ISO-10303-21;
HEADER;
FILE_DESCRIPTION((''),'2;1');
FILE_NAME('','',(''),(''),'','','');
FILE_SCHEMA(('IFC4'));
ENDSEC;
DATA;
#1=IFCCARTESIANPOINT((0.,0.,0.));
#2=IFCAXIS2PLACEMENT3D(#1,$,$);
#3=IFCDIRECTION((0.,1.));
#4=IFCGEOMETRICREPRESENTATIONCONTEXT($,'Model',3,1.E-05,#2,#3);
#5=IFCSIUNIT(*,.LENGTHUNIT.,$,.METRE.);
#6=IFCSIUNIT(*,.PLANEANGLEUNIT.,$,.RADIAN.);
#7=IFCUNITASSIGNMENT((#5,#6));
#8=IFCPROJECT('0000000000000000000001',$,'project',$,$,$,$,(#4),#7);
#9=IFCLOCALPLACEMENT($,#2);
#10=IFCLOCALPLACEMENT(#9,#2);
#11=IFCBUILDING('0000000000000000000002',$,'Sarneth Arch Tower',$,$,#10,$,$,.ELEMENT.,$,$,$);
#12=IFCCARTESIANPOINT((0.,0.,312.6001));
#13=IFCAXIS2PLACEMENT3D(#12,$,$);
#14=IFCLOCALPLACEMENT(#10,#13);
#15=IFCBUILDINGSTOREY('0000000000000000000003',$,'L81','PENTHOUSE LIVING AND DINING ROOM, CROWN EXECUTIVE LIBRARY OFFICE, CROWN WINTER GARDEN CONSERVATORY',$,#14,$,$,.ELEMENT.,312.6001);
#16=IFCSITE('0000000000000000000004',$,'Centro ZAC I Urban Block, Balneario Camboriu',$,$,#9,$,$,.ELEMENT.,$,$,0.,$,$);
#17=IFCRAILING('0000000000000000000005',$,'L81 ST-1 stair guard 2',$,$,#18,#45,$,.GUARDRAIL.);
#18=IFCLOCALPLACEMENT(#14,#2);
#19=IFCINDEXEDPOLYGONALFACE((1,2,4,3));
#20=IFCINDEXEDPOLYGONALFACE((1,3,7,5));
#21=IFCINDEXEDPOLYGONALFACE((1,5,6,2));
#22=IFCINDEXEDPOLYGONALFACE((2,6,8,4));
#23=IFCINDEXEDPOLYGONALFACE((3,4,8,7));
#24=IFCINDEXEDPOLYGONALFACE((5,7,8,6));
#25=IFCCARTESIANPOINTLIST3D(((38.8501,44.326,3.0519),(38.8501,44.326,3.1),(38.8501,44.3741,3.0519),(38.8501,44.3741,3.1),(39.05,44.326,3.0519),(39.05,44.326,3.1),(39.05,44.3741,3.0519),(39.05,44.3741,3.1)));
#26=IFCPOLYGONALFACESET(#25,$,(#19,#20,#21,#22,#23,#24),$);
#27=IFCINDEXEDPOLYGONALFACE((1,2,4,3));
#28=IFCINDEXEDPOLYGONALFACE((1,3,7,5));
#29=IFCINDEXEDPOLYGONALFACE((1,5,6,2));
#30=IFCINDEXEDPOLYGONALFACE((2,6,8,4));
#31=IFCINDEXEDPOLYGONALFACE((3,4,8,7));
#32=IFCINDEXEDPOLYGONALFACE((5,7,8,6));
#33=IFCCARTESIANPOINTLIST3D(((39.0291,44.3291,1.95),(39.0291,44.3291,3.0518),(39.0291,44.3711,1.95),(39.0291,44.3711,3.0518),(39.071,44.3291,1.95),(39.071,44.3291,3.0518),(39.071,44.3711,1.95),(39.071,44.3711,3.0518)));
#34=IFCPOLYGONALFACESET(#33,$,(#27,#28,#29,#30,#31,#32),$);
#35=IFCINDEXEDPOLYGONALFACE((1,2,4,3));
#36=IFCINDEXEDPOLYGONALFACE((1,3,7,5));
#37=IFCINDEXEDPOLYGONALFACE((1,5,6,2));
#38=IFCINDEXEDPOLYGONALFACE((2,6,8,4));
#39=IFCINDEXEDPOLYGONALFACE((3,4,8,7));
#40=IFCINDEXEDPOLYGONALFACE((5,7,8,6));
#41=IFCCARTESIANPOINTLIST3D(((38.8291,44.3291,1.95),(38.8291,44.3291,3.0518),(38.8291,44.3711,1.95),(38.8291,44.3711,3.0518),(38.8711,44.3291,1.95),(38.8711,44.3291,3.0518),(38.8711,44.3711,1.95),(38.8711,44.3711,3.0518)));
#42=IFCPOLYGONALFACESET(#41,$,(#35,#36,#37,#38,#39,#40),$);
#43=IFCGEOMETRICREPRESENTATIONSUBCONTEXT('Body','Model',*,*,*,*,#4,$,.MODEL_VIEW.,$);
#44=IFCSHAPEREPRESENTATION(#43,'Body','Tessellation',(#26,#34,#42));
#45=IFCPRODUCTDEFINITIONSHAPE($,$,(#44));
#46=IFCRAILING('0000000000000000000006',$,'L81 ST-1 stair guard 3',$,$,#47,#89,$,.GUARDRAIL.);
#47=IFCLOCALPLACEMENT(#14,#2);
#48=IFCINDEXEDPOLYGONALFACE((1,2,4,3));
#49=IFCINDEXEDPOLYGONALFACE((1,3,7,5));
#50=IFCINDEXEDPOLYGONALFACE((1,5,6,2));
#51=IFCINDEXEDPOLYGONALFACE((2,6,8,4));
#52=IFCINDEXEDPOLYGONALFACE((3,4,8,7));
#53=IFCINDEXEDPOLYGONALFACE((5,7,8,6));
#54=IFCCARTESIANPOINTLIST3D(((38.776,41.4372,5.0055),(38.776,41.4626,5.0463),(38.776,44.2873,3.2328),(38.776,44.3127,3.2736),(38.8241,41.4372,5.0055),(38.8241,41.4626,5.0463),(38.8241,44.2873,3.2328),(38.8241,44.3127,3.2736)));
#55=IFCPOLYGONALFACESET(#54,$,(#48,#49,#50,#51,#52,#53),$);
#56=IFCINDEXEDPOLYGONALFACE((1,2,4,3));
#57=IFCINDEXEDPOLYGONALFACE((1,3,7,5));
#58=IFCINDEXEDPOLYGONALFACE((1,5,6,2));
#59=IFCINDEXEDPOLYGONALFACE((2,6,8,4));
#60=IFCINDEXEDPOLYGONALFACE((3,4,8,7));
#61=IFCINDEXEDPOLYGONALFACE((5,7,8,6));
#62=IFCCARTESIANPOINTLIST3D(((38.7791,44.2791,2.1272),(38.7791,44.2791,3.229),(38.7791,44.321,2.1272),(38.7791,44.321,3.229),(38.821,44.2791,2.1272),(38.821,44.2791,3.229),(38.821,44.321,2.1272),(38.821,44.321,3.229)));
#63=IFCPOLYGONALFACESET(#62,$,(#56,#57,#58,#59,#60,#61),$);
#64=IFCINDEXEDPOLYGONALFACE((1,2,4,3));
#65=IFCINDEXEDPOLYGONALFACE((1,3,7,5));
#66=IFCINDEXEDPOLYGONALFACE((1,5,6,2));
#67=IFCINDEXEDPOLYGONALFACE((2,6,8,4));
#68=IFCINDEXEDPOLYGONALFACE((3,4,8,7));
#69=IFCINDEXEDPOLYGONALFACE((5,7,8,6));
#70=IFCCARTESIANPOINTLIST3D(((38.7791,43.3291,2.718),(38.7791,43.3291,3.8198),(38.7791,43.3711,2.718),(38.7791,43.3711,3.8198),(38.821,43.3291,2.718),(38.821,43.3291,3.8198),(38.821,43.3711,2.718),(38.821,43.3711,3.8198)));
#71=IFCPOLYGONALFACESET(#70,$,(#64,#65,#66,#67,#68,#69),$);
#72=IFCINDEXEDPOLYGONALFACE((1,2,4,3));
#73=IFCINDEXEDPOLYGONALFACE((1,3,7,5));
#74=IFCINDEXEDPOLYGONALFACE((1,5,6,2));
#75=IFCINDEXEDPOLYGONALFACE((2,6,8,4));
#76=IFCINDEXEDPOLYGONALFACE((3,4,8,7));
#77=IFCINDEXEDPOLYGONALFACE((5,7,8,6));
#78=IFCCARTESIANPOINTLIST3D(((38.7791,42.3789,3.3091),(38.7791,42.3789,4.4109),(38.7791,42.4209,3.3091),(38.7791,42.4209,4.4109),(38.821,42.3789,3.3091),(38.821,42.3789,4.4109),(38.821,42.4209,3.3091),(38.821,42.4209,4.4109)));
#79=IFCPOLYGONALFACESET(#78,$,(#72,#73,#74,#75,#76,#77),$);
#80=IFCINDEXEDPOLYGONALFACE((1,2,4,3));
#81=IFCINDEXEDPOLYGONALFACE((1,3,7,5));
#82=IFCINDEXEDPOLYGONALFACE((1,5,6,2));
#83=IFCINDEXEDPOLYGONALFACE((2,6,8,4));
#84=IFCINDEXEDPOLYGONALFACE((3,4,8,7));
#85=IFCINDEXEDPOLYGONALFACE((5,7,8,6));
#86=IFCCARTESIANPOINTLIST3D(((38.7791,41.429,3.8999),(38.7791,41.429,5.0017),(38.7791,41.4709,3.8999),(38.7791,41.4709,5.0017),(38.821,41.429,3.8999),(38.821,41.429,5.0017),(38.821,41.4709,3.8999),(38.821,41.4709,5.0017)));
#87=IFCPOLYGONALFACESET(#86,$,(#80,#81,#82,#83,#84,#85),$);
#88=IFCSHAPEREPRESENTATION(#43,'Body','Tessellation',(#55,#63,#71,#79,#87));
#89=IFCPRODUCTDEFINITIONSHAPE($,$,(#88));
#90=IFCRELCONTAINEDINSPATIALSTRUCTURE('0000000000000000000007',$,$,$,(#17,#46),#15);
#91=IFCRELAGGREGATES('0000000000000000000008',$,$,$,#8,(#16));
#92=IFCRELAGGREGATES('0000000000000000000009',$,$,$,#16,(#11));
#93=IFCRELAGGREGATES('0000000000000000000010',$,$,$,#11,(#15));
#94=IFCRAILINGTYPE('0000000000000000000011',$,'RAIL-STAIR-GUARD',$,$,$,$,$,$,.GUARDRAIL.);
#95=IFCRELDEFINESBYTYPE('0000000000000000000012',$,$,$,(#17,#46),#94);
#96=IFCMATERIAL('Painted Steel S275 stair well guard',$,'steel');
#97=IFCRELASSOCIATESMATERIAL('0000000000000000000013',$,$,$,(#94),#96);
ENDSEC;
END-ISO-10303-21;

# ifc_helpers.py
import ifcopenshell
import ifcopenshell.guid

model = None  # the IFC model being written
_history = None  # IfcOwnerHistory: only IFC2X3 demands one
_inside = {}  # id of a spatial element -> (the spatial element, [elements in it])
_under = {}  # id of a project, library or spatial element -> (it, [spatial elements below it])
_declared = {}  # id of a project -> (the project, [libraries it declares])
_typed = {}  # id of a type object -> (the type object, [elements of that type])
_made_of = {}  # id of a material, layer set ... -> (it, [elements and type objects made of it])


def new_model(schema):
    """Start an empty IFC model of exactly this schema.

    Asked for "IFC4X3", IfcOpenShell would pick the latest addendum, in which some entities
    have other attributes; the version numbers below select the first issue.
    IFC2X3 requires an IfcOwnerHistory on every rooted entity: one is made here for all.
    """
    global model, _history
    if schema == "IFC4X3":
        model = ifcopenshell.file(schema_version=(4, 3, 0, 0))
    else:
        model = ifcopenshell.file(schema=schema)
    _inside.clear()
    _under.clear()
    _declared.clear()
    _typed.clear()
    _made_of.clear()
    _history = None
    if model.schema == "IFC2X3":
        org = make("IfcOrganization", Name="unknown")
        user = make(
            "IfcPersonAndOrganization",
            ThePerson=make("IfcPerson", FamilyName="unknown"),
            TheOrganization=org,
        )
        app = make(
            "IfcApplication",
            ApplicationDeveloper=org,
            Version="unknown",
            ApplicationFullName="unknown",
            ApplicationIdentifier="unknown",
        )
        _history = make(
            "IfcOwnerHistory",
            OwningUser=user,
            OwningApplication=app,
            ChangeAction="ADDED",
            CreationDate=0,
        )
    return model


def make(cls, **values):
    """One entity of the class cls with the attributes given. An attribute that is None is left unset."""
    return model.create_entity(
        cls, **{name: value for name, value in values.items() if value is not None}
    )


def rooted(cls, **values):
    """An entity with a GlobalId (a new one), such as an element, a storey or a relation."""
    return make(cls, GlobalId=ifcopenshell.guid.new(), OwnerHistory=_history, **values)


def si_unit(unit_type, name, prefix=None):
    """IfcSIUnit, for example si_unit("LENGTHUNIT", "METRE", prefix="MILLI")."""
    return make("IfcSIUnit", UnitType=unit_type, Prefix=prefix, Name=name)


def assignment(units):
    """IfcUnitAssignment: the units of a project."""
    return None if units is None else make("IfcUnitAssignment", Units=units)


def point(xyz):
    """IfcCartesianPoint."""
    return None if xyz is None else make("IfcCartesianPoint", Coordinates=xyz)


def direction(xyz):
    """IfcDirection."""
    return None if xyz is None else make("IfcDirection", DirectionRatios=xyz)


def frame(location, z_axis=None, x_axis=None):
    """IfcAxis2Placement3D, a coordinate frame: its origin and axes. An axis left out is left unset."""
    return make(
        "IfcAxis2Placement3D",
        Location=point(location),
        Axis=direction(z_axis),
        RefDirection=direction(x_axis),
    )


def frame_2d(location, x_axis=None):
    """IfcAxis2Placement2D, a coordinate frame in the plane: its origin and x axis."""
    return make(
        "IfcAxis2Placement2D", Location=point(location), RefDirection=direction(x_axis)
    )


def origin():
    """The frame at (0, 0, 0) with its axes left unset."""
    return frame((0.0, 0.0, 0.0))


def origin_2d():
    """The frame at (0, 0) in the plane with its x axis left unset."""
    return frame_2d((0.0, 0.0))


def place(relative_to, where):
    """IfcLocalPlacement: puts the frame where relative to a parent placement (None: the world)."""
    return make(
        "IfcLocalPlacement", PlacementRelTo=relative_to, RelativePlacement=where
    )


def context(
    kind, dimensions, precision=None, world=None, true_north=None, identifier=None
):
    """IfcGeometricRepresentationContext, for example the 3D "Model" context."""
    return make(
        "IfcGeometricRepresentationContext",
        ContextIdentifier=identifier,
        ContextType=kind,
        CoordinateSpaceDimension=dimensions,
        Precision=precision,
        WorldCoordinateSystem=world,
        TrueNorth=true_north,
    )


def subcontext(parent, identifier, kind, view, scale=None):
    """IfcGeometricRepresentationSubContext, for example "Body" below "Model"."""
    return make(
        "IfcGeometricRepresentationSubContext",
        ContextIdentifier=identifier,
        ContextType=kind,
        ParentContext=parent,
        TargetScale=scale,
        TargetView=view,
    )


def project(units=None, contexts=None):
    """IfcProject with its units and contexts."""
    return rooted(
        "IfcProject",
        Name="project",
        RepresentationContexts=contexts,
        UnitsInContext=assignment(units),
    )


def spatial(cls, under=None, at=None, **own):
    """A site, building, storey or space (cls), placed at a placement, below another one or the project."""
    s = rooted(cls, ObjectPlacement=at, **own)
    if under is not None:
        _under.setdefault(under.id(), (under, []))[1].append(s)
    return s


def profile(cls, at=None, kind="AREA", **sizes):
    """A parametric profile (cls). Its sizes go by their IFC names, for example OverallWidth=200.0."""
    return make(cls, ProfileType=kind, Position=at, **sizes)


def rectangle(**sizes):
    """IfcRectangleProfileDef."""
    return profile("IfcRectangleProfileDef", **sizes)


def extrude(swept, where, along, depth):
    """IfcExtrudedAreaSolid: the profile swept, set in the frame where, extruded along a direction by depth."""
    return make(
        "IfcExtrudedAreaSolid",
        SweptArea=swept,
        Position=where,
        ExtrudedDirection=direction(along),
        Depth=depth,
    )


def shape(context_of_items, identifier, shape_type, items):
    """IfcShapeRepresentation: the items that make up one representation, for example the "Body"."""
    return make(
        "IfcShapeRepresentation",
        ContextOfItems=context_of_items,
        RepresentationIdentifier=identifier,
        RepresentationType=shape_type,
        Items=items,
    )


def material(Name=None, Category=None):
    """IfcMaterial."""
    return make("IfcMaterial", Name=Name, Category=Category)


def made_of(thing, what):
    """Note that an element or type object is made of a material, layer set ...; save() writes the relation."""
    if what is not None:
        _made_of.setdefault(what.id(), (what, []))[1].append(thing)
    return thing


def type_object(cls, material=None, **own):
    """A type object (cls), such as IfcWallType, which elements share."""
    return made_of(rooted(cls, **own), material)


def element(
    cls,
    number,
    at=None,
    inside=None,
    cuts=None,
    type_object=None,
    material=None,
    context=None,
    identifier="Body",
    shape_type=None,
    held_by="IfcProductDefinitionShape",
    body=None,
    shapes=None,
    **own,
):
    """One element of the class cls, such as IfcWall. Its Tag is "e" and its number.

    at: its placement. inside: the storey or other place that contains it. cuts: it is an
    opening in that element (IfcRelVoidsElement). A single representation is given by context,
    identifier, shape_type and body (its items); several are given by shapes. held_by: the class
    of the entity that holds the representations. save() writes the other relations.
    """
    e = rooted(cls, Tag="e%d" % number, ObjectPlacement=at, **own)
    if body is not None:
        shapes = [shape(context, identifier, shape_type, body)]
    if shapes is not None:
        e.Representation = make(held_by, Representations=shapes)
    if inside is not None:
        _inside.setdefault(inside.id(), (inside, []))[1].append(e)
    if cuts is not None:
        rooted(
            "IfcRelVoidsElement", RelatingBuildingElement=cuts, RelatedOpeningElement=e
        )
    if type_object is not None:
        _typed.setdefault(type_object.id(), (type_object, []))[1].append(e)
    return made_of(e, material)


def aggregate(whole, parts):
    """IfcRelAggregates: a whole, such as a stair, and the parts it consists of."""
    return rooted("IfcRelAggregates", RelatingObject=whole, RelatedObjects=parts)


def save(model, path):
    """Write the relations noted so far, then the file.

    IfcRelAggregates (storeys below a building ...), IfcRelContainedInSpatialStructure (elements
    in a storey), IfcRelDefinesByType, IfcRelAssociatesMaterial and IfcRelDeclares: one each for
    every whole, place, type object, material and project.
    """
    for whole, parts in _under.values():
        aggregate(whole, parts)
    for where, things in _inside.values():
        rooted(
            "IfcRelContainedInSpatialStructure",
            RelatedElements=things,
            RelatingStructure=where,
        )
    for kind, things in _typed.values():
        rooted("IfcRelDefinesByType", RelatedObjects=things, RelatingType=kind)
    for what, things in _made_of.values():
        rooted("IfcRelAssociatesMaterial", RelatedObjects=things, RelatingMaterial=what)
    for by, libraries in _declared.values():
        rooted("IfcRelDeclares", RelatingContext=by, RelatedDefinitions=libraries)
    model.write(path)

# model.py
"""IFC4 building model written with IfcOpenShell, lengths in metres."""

from ifc_helpers import new_model, si_unit, direction, frame, origin, origin_2d, place, context, subcontext, project, spatial, rectangle, extrude, material, type_object, element, save


model = new_model("IFC4")

# Units and contexts
model_context = context("Model", 3, precision=1e-05, world=origin(), true_north=direction((0.0, 1.0)))
body_context = subcontext(model_context, "Body", "Model", "MODEL_VIEW")
ifc_project = project(units=[si_unit("LENGTHUNIT", "METRE"), si_unit("PLANEANGLEUNIT", "RADIAN")], contexts=[model_context])

# Site, building, storey
site_placement = place(None, origin())
site = spatial("IfcSite", under=ifc_project, at=site_placement, Name="Centro ZAC I Urban Block, Balneario Camboriu", CompositionType="ELEMENT", RefElevation=0.0)
building_placement = place(site_placement, origin())
building = spatial("IfcBuilding", under=site, at=building_placement, Name="Sarneth Arch Tower", CompositionType="ELEMENT")
storey_placement = place(building_placement, frame((0.0, 0.0, 312.6001)))
storey = spatial("IfcBuildingStorey", under=building, at=storey_placement, Name="L81", Description="PENTHOUSE LIVING AND DINING ROOM, CROWN EXECUTIVE LIBRARY OFFICE, CROWN WINTER GARDEN CONSERVATORY", CompositionType="ELEMENT", Elevation=312.6001)

# Railings
ifc_material_1 = material(Name="Painted Steel S275 stair well guard", Category="steel")
railing_type_1 = type_object("IfcRailingType", Name="RAIL-STAIR-GUARD", PredefinedType="GUARDRAIL", material=ifc_material_1)
railing_1_placement = place(storey_placement, frame((39.05, 44.3501, 1.95)))
element("IfcRailing", 1, at=railing_1_placement, inside=storey, type_object=railing_type_1, Name="L81 ST-1 stair guard 2", PredefinedType="GUARDRAIL", context=body_context, shape_type="SweptSolid", body=[
    extrude(rectangle(XDim=0.0481, YDim=0.0481, at=origin_2d()), frame((0.0, 0.0, 1.126), z_axis=(-1.0, 0.0, 0.0), x_axis=(0.0, -1.0, 0.0)), (0.0, 0.0, 1.0), 0.2),
    extrude(rectangle(XDim=0.042, YDim=0.042, at=origin_2d()), origin(), (0.0, 0.0, 1.0), 1.1018),
    extrude(rectangle(XDim=0.042, YDim=0.042, at=origin_2d()), frame((-0.2, 0.0, 0.0)), (0.0, 0.0, 1.0), 1.1018),
])
railing_2_placement = place(storey_placement, frame((38.8, 44.3, 2.1272)))
element("IfcRailing", 2, at=railing_2_placement, inside=storey, type_object=railing_type_1, Name="L81 ST-1 stair guard 3", PredefinedType="GUARDRAIL", context=body_context, shape_type="SweptSolid", body=[
    extrude(rectangle(XDim=0.0481, YDim=0.0481, at=origin_2d()), frame((0.0, 0.0, 1.126), z_axis=(0.0, -0.849149, 0.528154), x_axis=(1.0, 0.0, 0.0)), (0.0, 0.0, 1.0), 3.3564),
    extrude(rectangle(XDim=0.042, YDim=0.042, at=origin_2d()), origin(), (0.0, 0.0, 1.0), 1.1018),
    extrude(rectangle(XDim=0.042, YDim=0.042, at=origin_2d()), frame((0.0, -0.95, 0.5908)), (0.0, 0.0, 1.0), 1.1018),
    extrude(rectangle(XDim=0.042, YDim=0.042, at=origin_2d()), frame((0.0, -1.9001, 1.1819)), (0.0, 0.0, 1.0), 1.1018),
    extrude(rectangle(XDim=0.042, YDim=0.042, at=origin_2d()), frame((0.0, -2.8501, 1.7727)), (0.0, 0.0, 1.0), 1.1018),
])

save(model, "model.ifc")
